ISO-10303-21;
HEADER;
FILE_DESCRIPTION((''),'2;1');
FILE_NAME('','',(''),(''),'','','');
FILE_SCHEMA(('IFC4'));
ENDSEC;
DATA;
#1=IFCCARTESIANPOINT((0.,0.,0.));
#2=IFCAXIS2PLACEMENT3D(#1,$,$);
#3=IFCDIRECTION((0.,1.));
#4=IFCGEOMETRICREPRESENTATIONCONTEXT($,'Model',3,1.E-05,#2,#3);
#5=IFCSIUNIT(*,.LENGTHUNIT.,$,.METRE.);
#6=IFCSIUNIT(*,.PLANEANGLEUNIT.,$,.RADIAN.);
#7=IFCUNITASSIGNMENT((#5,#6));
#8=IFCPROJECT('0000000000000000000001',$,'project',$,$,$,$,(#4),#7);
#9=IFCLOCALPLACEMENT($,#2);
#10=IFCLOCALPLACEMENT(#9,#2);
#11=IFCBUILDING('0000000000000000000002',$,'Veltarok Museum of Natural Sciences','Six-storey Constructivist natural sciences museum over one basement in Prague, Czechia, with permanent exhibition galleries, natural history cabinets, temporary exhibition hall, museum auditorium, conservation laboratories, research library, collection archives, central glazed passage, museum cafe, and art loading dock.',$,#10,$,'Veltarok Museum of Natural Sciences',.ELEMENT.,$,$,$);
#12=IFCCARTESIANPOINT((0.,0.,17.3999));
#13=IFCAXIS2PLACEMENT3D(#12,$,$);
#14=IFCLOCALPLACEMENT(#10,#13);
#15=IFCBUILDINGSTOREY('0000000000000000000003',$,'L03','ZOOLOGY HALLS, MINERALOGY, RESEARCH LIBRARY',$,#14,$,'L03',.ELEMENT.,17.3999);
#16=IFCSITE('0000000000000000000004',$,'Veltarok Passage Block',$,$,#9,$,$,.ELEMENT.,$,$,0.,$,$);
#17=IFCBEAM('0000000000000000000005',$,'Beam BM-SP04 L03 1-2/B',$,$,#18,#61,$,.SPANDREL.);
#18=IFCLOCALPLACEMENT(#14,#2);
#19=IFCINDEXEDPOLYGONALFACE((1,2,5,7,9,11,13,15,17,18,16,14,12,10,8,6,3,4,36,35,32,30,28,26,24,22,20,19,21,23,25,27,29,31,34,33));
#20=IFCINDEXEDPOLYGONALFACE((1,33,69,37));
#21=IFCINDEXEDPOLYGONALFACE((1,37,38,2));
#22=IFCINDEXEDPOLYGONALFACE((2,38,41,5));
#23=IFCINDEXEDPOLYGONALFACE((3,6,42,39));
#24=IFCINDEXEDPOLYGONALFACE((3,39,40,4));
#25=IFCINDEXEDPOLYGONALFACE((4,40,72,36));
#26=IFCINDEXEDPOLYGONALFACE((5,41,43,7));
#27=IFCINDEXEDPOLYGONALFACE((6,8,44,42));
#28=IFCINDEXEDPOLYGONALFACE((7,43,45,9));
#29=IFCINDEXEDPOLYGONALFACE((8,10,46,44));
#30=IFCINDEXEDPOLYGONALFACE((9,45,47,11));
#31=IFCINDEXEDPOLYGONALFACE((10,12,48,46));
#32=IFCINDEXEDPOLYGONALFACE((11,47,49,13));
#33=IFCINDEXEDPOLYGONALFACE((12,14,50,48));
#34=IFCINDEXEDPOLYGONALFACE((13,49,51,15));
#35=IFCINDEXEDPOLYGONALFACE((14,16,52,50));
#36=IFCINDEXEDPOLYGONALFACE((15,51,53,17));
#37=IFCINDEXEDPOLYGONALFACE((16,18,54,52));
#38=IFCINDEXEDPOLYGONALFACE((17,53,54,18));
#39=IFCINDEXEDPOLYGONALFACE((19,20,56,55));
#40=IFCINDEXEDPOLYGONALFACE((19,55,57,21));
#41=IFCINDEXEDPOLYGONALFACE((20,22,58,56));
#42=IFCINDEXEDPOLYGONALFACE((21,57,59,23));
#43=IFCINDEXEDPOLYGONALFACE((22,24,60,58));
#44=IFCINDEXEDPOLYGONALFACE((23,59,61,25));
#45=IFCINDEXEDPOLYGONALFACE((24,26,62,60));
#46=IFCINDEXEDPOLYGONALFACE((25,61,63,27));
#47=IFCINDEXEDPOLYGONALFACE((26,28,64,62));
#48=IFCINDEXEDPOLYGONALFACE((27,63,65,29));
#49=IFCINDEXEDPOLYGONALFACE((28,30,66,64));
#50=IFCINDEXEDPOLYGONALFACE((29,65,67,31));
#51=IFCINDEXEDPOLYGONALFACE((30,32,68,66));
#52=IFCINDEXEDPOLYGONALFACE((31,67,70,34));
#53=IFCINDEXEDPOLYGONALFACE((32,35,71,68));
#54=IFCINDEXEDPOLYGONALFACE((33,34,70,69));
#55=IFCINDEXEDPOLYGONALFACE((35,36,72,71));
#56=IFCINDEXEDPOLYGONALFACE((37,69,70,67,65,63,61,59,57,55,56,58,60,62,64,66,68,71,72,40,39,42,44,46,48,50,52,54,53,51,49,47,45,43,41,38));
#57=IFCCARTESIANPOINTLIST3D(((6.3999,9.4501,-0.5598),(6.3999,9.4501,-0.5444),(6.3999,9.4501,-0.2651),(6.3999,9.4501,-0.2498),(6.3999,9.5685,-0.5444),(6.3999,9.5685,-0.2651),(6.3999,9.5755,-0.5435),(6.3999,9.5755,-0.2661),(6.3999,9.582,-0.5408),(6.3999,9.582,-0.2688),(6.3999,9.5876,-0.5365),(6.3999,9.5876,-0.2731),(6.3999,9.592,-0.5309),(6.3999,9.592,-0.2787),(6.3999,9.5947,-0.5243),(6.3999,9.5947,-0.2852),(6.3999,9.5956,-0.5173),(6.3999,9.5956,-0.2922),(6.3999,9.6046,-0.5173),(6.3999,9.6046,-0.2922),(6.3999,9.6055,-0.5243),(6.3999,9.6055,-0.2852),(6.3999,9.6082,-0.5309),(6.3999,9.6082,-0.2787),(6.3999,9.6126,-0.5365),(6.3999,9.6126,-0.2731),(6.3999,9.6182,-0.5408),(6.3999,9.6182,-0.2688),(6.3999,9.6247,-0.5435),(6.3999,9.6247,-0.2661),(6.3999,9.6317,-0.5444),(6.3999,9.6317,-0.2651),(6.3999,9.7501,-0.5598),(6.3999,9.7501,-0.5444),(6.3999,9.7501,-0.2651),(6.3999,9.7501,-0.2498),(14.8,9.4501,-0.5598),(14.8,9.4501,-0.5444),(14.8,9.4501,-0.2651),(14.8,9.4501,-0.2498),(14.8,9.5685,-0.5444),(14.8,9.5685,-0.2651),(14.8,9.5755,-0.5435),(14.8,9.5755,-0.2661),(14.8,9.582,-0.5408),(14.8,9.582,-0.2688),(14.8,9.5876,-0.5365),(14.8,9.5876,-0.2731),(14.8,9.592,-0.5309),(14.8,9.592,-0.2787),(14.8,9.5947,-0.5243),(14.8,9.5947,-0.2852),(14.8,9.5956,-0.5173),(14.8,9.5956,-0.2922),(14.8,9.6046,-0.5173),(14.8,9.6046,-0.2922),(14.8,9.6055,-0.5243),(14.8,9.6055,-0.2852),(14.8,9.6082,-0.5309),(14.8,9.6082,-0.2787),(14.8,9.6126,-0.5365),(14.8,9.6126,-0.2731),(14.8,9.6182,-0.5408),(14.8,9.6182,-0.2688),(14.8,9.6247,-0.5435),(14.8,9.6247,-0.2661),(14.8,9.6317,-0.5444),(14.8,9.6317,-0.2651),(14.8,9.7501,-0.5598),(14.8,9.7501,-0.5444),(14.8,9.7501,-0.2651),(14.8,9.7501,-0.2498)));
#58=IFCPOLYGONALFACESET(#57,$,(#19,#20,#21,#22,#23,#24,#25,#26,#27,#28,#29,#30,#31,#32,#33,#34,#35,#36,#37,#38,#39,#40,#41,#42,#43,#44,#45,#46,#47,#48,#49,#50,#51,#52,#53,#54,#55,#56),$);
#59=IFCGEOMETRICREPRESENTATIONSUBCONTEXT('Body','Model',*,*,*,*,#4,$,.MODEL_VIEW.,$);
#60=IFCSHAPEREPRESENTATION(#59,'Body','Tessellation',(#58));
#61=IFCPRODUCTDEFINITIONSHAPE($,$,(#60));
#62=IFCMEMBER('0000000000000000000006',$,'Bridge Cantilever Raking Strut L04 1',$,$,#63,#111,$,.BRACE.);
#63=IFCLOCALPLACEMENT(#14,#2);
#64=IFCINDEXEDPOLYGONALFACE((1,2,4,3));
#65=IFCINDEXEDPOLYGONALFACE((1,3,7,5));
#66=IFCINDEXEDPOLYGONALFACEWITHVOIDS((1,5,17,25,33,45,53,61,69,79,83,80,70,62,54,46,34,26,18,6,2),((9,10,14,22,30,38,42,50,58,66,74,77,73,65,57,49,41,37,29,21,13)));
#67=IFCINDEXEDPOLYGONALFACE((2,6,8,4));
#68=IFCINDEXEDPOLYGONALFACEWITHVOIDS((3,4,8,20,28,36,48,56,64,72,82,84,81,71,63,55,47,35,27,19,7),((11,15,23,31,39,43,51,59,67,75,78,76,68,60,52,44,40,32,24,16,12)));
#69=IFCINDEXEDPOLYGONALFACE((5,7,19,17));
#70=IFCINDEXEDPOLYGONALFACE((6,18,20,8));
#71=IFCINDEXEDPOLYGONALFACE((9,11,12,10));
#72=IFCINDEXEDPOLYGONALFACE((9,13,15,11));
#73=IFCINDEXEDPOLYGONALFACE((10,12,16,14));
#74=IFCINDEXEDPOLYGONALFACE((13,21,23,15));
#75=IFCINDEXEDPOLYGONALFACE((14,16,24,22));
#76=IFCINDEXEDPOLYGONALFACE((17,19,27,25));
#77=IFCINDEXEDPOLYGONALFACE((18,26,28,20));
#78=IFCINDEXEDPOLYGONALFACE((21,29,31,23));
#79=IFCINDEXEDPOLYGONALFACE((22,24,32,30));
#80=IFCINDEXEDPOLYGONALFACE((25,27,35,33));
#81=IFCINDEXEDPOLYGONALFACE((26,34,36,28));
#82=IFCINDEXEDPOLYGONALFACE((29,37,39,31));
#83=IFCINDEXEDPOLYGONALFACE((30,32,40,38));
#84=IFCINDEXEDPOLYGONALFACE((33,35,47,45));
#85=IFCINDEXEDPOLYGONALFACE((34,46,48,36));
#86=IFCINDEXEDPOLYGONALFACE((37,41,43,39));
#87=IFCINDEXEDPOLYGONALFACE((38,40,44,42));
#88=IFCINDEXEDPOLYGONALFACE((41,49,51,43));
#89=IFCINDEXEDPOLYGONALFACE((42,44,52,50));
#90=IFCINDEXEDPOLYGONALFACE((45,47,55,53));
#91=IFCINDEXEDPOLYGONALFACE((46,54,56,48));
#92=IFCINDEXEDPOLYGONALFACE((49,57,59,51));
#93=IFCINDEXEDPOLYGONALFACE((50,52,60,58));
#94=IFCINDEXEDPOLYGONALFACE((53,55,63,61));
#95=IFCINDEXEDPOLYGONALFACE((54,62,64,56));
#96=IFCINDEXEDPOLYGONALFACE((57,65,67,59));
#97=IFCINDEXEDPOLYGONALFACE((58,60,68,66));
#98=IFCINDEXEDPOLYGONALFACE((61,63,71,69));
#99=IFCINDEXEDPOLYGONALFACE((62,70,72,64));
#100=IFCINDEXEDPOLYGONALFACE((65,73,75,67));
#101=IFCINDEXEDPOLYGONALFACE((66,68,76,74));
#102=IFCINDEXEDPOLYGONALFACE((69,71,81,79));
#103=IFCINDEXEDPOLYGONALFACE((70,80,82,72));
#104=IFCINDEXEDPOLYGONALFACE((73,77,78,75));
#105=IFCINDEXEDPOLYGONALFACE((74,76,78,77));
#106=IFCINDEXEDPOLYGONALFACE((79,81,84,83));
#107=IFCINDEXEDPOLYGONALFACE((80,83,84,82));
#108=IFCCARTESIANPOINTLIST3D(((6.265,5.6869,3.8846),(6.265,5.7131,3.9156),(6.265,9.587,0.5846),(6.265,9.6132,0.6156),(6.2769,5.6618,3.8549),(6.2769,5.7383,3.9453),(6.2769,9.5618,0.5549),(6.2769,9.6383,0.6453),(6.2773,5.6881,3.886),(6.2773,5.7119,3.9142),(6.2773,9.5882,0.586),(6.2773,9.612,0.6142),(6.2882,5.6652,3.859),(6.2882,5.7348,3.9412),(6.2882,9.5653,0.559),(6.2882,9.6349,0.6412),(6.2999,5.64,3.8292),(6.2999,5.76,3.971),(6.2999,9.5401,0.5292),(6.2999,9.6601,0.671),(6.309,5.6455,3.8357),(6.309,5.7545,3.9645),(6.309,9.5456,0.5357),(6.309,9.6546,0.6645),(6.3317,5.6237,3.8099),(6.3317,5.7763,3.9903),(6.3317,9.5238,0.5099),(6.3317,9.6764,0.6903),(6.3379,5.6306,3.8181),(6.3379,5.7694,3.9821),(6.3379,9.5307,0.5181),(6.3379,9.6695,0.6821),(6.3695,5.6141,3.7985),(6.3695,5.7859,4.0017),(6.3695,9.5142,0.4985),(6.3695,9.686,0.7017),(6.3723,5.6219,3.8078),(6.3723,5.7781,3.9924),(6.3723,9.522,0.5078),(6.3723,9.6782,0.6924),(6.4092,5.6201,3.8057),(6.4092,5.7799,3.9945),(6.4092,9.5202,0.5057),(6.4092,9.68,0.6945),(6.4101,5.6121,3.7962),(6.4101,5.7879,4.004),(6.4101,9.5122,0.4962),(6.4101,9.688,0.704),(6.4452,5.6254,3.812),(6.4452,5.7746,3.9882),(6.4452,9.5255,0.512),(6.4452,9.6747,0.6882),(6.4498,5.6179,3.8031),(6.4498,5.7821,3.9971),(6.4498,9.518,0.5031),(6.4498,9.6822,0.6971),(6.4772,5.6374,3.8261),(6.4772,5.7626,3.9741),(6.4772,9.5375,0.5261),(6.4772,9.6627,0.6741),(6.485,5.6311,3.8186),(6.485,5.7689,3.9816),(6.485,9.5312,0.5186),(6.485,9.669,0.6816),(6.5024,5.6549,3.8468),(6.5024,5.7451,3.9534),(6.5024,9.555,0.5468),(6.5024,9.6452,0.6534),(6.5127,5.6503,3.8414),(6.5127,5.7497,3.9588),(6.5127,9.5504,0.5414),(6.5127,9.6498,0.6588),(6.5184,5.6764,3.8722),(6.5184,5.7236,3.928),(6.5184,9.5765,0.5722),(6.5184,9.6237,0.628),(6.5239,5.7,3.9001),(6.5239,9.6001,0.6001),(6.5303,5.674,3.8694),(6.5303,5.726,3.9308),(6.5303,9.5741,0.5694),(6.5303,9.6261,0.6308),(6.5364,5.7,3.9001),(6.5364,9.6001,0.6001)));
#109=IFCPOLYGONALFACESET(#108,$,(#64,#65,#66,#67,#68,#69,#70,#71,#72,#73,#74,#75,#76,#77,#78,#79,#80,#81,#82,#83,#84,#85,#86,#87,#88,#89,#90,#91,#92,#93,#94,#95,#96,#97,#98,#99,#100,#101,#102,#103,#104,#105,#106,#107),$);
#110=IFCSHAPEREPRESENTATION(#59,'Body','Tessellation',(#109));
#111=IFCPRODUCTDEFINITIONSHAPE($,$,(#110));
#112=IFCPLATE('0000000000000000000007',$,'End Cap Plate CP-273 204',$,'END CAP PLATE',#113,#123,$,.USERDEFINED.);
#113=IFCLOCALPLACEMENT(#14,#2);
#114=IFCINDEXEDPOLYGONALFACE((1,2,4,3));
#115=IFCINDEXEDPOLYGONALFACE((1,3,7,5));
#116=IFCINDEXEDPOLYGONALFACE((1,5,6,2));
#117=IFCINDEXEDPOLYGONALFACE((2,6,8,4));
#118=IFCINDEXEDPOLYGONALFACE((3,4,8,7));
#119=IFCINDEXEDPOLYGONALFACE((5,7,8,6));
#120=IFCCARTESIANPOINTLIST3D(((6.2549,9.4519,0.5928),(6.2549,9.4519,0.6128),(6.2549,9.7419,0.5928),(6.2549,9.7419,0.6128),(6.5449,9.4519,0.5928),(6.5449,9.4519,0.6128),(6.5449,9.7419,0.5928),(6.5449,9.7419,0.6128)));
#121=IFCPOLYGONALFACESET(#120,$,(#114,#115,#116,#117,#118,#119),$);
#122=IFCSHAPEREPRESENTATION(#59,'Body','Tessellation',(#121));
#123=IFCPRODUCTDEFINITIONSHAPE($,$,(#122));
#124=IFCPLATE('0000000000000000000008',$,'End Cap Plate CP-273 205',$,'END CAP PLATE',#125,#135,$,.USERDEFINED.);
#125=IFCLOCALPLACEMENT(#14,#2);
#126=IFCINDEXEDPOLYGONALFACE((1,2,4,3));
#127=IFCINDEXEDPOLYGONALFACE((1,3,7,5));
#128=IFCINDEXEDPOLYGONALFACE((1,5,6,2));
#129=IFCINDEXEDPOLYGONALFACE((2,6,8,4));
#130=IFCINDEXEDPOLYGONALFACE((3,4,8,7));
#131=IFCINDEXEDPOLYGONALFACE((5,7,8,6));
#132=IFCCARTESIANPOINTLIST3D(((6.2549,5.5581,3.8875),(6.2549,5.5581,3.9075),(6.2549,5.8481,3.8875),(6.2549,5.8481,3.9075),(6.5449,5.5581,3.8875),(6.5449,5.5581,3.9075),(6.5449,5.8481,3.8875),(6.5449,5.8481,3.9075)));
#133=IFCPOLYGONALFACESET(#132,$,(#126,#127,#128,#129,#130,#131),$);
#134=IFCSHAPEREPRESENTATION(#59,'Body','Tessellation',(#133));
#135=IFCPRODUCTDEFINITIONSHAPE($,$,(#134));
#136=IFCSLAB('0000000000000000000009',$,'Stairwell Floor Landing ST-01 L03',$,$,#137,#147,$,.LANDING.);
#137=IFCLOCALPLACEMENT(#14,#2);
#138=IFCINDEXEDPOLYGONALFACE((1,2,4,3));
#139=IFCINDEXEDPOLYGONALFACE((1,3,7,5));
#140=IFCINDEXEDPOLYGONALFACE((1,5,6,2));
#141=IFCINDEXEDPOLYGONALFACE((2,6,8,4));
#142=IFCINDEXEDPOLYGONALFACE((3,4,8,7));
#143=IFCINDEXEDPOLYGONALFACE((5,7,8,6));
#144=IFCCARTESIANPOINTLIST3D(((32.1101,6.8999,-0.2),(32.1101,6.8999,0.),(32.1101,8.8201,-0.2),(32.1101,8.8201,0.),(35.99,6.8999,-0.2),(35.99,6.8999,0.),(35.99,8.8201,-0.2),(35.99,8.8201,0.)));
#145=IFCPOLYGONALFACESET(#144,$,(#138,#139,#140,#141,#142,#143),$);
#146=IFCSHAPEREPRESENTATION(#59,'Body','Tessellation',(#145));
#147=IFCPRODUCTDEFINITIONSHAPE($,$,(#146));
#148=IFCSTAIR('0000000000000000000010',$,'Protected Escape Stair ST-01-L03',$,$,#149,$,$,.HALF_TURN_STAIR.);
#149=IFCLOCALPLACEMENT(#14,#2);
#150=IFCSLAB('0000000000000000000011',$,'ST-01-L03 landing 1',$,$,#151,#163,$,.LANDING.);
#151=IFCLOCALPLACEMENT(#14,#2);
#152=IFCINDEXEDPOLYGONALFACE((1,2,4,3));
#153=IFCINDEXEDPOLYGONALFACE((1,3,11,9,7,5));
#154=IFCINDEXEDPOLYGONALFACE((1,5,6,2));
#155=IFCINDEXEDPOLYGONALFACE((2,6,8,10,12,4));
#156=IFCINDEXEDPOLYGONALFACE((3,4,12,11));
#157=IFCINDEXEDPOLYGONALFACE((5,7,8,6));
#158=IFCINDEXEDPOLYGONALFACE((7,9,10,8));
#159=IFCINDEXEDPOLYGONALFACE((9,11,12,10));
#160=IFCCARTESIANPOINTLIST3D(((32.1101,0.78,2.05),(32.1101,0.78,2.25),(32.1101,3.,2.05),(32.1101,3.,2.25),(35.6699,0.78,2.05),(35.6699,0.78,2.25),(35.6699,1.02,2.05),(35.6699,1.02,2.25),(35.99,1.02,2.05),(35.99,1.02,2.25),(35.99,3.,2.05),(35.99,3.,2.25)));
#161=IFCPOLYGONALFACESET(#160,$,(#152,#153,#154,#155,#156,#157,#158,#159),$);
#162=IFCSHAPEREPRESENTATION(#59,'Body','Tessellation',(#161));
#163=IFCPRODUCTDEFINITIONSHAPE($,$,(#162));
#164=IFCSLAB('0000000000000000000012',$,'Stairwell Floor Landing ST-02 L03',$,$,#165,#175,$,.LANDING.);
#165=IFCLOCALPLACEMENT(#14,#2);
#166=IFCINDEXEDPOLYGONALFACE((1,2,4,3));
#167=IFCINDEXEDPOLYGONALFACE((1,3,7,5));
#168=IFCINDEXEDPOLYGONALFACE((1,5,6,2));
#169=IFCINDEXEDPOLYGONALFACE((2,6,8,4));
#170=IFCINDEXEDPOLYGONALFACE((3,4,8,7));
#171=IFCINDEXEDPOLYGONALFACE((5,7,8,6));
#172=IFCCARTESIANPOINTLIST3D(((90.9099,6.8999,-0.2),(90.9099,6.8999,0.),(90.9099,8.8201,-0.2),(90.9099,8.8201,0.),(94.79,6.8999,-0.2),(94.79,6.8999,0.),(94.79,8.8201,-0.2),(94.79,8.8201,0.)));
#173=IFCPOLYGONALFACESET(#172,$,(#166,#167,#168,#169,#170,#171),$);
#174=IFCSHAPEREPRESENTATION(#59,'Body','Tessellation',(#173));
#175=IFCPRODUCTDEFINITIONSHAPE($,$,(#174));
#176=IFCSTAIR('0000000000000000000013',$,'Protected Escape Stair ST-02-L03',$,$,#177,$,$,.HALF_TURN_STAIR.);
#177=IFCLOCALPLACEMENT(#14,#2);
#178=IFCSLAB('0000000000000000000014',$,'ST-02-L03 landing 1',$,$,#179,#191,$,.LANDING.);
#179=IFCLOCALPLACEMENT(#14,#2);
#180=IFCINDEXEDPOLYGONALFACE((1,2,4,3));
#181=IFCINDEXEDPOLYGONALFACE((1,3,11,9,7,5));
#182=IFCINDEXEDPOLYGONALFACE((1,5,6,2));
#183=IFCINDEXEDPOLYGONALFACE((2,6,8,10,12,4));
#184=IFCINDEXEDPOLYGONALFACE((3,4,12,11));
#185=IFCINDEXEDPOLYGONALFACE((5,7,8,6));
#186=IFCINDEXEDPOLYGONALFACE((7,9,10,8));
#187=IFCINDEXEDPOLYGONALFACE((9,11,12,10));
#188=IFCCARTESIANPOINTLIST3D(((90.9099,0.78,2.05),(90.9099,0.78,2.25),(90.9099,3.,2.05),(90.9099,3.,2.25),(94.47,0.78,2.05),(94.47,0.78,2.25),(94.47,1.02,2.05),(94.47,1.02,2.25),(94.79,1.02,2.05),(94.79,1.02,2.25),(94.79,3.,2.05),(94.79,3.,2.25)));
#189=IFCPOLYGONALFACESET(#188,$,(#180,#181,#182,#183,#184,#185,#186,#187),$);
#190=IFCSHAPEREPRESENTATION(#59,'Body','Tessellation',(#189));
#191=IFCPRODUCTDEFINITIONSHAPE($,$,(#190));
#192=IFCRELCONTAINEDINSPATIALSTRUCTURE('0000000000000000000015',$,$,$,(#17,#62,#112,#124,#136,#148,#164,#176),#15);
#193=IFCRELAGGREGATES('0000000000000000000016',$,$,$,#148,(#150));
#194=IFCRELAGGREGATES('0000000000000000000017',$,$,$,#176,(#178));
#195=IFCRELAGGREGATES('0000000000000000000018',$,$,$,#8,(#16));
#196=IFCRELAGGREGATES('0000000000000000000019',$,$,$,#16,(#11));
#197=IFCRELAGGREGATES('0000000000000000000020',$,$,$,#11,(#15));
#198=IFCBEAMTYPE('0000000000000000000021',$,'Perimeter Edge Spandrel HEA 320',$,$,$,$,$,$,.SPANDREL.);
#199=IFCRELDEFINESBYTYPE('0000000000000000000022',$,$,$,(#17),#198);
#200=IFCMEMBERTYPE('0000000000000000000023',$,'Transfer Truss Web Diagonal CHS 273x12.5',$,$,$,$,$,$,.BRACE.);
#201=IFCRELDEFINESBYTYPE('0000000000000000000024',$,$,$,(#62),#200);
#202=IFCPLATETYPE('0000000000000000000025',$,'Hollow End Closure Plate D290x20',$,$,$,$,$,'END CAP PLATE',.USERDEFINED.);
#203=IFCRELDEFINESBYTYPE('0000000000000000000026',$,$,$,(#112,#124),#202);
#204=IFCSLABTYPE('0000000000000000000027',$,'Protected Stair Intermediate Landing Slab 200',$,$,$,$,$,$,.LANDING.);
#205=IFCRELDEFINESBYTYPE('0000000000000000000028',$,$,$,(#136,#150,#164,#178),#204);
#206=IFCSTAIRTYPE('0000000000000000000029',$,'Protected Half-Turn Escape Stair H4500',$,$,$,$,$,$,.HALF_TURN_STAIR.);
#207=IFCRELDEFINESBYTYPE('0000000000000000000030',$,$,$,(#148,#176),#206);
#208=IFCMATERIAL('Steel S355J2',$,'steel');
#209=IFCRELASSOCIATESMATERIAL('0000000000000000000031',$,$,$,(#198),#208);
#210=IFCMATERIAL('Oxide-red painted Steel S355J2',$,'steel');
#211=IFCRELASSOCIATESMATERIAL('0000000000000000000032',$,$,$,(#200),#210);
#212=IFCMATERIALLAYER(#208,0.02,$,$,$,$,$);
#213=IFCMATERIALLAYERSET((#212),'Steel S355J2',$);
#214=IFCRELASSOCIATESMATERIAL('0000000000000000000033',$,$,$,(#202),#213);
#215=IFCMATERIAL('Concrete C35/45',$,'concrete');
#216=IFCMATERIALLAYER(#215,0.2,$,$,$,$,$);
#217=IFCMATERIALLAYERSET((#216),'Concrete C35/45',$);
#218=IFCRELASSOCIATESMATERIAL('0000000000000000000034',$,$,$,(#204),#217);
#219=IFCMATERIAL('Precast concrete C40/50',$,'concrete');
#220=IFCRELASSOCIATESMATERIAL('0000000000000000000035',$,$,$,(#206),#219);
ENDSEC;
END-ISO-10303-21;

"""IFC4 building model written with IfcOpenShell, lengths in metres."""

from ifc_helpers import new_model, si_unit, direction, frame, origin, origin_2d, place, context, subcontext, project, spatial, polyline, rectangle, hollow_circle, i_section, outline, extrude, material, layer, layer_set, material_profile, profile_set, type_object, element, aggregate, save


model = new_model("IFC4")

# Units and contexts
model_context = context("Model", 3, precision=1e-05, world=origin(), true_north=direction((0.0, 1.0)))
body_context = subcontext(model_context, "Body", "Model", "MODEL_VIEW")
ifc_project = project(units=[si_unit("LENGTHUNIT", "METRE"), si_unit("PLANEANGLEUNIT", "RADIAN")], contexts=[model_context])

# Site, building, storey
site_placement = place(None, origin())
site = spatial("IfcSite", under=ifc_project, at=site_placement, Name="Veltarok Passage Block", CompositionType="ELEMENT", RefElevation=0.0)
building_placement = place(site_placement, origin())
building = spatial("IfcBuilding", under=site, at=building_placement, Name="Veltarok Museum of Natural Sciences", Description="Six-storey Constructivist natural sciences museum over one basement in Prague, Czechia, with permanent exhibition galleries, natural history cabinets, temporary exhibition hall, museum auditorium, conservation laboratories, research library, collection archives, central glazed passage, museum cafe, and art loading dock.", LongName="Veltarok Museum of Natural Sciences", CompositionType="ELEMENT")
storey_placement = place(building_placement, frame((0.0, 0.0, 17.3999)))
storey = spatial("IfcBuildingStorey", under=building, at=storey_placement, Name="L03", Description="ZOOLOGY HALLS, MINERALOGY, RESEARCH LIBRARY", LongName="L03", CompositionType="ELEMENT", Elevation=17.3999)

# Shared definitions
ifc_material_1 = material(Name="Steel S355J2", Category="steel")

# Beam
ifc_material_profile_1 = material_profile(ifc_material_1, i_section(OverallWidth=0.3, OverallDepth=0.3101, WebThickness=0.009, FlangeThickness=0.0154, FilletRadius=0.0271, at=origin_2d()), Name="HEA 320")
ifc_profile_set_1 = profile_set([ifc_material_profile_1], Name="Steel S355J2")
beam_type_1 = type_object("IfcBeamType", Name="Perimeter Edge Spandrel HEA 320", PredefinedType="SPANDREL", material=ifc_profile_set_1)
beam_1_placement = place(storey_placement, frame((6.3999, 9.6001, -0.4048), z_axis=(1.0, 0.0, 0.0), x_axis=(0.0, 1.0, 0.0)))
element("IfcBeam", 1, at=beam_1_placement, inside=storey, type_object=beam_type_1, Name="Beam BM-SP04 L03 1-2/B", PredefinedType="SPANDREL", context=body_context, shape_type="SweptSolid", body=[
    extrude(i_section(OverallWidth=0.3, OverallDepth=0.3101, WebThickness=0.009, FlangeThickness=0.0154, FilletRadius=0.0271, at=origin_2d()), origin(), (0.0, 0.0, 1.0), 8.4001),
])

# Member
ifc_material_2 = material(Name="Oxide-red painted Steel S355J2", Category="steel")
ifc_material_profile_2 = material_profile(ifc_material_2, hollow_circle(Radius=0.1365, WallThickness=0.0125, at=origin_2d()), Name="CHS 273x12.5")
ifc_profile_set_2 = profile_set([ifc_material_profile_2], Name="Oxide-red painted Steel S355J2")
member_type_1 = type_object("IfcMemberType", Name="Transfer Truss Web Diagonal CHS 273x12.5", PredefinedType="BRACE", material=ifc_profile_set_2)
member_1_placement = place(storey_placement, frame((6.3999, 9.6001, 0.6001), z_axis=(0.0, -0.763394, 0.645934), x_axis=(1.0, 0.0, 0.0)))
element("IfcMember", 2, at=member_1_placement, inside=storey, type_object=member_type_1, Name="Bridge Cantilever Raking Strut L04 1", PredefinedType="BRACE", context=body_context, shape_type="SweptSolid", body=[
    extrude(hollow_circle(Radius=0.1365, WallThickness=0.0125, at=origin_2d()), origin(), (0.0, 0.0, 1.0), 5.1089),
])

# Plates
ifc_layer_1 = layer(ifc_material_1, 0.02)
ifc_layer_set_1 = layer_set([ifc_layer_1], Name="Steel S355J2")
plate_type_1 = type_object("IfcPlateType", Name="Hollow End Closure Plate D290x20", ElementType="END CAP PLATE", PredefinedType="USERDEFINED", material=ifc_layer_set_1)
for number, where, z_axis, x_axis, name in (
    (3, (6.3999, 9.5969, 0.5928), (0.0, 0.0, 1.0), (0.0, 1.0, 0.0), "End Cap Plate CP-273 204"),
    (4, (6.3999, 5.7031, 3.8875), (0.0, 0.0, 1.0), (0.0, 1.0, 0.0), "End Cap Plate CP-273 205"),
):
    element("IfcPlate", number, at=place(storey_placement, frame(where, z_axis=z_axis, x_axis=x_axis)), inside=storey, type_object=plate_type_1, Name=name, ObjectType="END CAP PLATE", PredefinedType="USERDEFINED", context=body_context, shape_type="SweptSolid", body=[
        extrude(rectangle(XDim=0.29, YDim=0.29, at=origin_2d()), origin(), (0.0, 0.0, 1.0), 0.02),
    ])

# Slab
ifc_material_3 = material(Name="Concrete C35/45", Category="concrete")
ifc_layer_2 = layer(ifc_material_3, 0.2)
ifc_layer_set_2 = layer_set([ifc_layer_2], Name="Concrete C35/45")
slab_type = type_object("IfcSlabType", Name="Protected Stair Intermediate Landing Slab 200", PredefinedType="LANDING", material=ifc_layer_set_2)
slab_1_placement = place(storey_placement, frame((0.0, 0.0, -0.2)))
element("IfcSlab", 5, at=slab_1_placement, inside=storey, type_object=slab_type, Name="Stairwell Floor Landing ST-01 L03", PredefinedType="LANDING", context=body_context, shape_type="SweptSolid", body=[
    extrude(outline(polyline([(32.1101, 6.8999), (35.99, 6.8999), (35.99, 8.8201), (32.1101, 8.8201), (32.1101, 6.8999)])), origin(), (0.0, 0.0, 1.0), 0.2),
])

# Stair, slab
ifc_material_4 = material(Name="Precast concrete C40/50", Category="concrete")
stair_type = type_object("IfcStairType", Name="Protected Half-Turn Escape Stair H4500", PredefinedType="HALF_TURN_STAIR", material=ifc_material_4)
stair_1_placement = place(storey_placement, origin())
stair_1 = element("IfcStair", 6, at=stair_1_placement, inside=storey, type_object=stair_type, Name="Protected Escape Stair ST-01-L03", PredefinedType="HALF_TURN_STAIR")
slab_2_placement = place(storey_placement, frame((0.0, 0.0, 2.05)))
slab_2 = element("IfcSlab", 7, at=slab_2_placement, type_object=slab_type, Name="ST-01-L03 landing 1", PredefinedType="LANDING", context=body_context, shape_type="SweptSolid", body=[
    extrude(outline(polyline([(32.1101, 0.78), (35.6699, 0.78), (35.6699, 1.02), (35.99, 1.02), (35.99, 3.0), (32.1101, 3.0), (32.1101, 0.78)])), origin(), (0.0, 0.0, 1.0), 0.2),
])
aggregate(stair_1, [slab_2])

# Slab
slab_3_placement = place(storey_placement, frame((0.0, 0.0, -0.2)))
element("IfcSlab", 8, at=slab_3_placement, inside=storey, type_object=slab_type, Name="Stairwell Floor Landing ST-02 L03", PredefinedType="LANDING", context=body_context, shape_type="SweptSolid", body=[
    extrude(outline(polyline([(90.9099, 6.8999), (94.79, 6.8999), (94.79, 8.8201), (90.9099, 8.8201), (90.9099, 6.8999)])), origin(), (0.0, 0.0, 1.0), 0.2),
])

# Stair, slab
stair_2_placement = place(storey_placement, origin())
stair_2 = element("IfcStair", 9, at=stair_2_placement, inside=storey, type_object=stair_type, Name="Protected Escape Stair ST-02-L03", PredefinedType="HALF_TURN_STAIR")
slab_4_placement = place(storey_placement, frame((0.0, 0.0, 2.05)))
slab_4 = element("IfcSlab", 10, at=slab_4_placement, type_object=slab_type, Name="ST-02-L03 landing 1", PredefinedType="LANDING", context=body_context, shape_type="SweptSolid", body=[
    extrude(outline(polyline([(90.9099, 0.78), (94.47, 0.78), (94.47, 1.02), (94.79, 1.02), (94.79, 3.0), (90.9099, 3.0), (90.9099, 0.78)])), origin(), (0.0, 0.0, 1.0), 0.2),
])
aggregate(stair_2, [slab_4])

save(model, "model.ifc")
